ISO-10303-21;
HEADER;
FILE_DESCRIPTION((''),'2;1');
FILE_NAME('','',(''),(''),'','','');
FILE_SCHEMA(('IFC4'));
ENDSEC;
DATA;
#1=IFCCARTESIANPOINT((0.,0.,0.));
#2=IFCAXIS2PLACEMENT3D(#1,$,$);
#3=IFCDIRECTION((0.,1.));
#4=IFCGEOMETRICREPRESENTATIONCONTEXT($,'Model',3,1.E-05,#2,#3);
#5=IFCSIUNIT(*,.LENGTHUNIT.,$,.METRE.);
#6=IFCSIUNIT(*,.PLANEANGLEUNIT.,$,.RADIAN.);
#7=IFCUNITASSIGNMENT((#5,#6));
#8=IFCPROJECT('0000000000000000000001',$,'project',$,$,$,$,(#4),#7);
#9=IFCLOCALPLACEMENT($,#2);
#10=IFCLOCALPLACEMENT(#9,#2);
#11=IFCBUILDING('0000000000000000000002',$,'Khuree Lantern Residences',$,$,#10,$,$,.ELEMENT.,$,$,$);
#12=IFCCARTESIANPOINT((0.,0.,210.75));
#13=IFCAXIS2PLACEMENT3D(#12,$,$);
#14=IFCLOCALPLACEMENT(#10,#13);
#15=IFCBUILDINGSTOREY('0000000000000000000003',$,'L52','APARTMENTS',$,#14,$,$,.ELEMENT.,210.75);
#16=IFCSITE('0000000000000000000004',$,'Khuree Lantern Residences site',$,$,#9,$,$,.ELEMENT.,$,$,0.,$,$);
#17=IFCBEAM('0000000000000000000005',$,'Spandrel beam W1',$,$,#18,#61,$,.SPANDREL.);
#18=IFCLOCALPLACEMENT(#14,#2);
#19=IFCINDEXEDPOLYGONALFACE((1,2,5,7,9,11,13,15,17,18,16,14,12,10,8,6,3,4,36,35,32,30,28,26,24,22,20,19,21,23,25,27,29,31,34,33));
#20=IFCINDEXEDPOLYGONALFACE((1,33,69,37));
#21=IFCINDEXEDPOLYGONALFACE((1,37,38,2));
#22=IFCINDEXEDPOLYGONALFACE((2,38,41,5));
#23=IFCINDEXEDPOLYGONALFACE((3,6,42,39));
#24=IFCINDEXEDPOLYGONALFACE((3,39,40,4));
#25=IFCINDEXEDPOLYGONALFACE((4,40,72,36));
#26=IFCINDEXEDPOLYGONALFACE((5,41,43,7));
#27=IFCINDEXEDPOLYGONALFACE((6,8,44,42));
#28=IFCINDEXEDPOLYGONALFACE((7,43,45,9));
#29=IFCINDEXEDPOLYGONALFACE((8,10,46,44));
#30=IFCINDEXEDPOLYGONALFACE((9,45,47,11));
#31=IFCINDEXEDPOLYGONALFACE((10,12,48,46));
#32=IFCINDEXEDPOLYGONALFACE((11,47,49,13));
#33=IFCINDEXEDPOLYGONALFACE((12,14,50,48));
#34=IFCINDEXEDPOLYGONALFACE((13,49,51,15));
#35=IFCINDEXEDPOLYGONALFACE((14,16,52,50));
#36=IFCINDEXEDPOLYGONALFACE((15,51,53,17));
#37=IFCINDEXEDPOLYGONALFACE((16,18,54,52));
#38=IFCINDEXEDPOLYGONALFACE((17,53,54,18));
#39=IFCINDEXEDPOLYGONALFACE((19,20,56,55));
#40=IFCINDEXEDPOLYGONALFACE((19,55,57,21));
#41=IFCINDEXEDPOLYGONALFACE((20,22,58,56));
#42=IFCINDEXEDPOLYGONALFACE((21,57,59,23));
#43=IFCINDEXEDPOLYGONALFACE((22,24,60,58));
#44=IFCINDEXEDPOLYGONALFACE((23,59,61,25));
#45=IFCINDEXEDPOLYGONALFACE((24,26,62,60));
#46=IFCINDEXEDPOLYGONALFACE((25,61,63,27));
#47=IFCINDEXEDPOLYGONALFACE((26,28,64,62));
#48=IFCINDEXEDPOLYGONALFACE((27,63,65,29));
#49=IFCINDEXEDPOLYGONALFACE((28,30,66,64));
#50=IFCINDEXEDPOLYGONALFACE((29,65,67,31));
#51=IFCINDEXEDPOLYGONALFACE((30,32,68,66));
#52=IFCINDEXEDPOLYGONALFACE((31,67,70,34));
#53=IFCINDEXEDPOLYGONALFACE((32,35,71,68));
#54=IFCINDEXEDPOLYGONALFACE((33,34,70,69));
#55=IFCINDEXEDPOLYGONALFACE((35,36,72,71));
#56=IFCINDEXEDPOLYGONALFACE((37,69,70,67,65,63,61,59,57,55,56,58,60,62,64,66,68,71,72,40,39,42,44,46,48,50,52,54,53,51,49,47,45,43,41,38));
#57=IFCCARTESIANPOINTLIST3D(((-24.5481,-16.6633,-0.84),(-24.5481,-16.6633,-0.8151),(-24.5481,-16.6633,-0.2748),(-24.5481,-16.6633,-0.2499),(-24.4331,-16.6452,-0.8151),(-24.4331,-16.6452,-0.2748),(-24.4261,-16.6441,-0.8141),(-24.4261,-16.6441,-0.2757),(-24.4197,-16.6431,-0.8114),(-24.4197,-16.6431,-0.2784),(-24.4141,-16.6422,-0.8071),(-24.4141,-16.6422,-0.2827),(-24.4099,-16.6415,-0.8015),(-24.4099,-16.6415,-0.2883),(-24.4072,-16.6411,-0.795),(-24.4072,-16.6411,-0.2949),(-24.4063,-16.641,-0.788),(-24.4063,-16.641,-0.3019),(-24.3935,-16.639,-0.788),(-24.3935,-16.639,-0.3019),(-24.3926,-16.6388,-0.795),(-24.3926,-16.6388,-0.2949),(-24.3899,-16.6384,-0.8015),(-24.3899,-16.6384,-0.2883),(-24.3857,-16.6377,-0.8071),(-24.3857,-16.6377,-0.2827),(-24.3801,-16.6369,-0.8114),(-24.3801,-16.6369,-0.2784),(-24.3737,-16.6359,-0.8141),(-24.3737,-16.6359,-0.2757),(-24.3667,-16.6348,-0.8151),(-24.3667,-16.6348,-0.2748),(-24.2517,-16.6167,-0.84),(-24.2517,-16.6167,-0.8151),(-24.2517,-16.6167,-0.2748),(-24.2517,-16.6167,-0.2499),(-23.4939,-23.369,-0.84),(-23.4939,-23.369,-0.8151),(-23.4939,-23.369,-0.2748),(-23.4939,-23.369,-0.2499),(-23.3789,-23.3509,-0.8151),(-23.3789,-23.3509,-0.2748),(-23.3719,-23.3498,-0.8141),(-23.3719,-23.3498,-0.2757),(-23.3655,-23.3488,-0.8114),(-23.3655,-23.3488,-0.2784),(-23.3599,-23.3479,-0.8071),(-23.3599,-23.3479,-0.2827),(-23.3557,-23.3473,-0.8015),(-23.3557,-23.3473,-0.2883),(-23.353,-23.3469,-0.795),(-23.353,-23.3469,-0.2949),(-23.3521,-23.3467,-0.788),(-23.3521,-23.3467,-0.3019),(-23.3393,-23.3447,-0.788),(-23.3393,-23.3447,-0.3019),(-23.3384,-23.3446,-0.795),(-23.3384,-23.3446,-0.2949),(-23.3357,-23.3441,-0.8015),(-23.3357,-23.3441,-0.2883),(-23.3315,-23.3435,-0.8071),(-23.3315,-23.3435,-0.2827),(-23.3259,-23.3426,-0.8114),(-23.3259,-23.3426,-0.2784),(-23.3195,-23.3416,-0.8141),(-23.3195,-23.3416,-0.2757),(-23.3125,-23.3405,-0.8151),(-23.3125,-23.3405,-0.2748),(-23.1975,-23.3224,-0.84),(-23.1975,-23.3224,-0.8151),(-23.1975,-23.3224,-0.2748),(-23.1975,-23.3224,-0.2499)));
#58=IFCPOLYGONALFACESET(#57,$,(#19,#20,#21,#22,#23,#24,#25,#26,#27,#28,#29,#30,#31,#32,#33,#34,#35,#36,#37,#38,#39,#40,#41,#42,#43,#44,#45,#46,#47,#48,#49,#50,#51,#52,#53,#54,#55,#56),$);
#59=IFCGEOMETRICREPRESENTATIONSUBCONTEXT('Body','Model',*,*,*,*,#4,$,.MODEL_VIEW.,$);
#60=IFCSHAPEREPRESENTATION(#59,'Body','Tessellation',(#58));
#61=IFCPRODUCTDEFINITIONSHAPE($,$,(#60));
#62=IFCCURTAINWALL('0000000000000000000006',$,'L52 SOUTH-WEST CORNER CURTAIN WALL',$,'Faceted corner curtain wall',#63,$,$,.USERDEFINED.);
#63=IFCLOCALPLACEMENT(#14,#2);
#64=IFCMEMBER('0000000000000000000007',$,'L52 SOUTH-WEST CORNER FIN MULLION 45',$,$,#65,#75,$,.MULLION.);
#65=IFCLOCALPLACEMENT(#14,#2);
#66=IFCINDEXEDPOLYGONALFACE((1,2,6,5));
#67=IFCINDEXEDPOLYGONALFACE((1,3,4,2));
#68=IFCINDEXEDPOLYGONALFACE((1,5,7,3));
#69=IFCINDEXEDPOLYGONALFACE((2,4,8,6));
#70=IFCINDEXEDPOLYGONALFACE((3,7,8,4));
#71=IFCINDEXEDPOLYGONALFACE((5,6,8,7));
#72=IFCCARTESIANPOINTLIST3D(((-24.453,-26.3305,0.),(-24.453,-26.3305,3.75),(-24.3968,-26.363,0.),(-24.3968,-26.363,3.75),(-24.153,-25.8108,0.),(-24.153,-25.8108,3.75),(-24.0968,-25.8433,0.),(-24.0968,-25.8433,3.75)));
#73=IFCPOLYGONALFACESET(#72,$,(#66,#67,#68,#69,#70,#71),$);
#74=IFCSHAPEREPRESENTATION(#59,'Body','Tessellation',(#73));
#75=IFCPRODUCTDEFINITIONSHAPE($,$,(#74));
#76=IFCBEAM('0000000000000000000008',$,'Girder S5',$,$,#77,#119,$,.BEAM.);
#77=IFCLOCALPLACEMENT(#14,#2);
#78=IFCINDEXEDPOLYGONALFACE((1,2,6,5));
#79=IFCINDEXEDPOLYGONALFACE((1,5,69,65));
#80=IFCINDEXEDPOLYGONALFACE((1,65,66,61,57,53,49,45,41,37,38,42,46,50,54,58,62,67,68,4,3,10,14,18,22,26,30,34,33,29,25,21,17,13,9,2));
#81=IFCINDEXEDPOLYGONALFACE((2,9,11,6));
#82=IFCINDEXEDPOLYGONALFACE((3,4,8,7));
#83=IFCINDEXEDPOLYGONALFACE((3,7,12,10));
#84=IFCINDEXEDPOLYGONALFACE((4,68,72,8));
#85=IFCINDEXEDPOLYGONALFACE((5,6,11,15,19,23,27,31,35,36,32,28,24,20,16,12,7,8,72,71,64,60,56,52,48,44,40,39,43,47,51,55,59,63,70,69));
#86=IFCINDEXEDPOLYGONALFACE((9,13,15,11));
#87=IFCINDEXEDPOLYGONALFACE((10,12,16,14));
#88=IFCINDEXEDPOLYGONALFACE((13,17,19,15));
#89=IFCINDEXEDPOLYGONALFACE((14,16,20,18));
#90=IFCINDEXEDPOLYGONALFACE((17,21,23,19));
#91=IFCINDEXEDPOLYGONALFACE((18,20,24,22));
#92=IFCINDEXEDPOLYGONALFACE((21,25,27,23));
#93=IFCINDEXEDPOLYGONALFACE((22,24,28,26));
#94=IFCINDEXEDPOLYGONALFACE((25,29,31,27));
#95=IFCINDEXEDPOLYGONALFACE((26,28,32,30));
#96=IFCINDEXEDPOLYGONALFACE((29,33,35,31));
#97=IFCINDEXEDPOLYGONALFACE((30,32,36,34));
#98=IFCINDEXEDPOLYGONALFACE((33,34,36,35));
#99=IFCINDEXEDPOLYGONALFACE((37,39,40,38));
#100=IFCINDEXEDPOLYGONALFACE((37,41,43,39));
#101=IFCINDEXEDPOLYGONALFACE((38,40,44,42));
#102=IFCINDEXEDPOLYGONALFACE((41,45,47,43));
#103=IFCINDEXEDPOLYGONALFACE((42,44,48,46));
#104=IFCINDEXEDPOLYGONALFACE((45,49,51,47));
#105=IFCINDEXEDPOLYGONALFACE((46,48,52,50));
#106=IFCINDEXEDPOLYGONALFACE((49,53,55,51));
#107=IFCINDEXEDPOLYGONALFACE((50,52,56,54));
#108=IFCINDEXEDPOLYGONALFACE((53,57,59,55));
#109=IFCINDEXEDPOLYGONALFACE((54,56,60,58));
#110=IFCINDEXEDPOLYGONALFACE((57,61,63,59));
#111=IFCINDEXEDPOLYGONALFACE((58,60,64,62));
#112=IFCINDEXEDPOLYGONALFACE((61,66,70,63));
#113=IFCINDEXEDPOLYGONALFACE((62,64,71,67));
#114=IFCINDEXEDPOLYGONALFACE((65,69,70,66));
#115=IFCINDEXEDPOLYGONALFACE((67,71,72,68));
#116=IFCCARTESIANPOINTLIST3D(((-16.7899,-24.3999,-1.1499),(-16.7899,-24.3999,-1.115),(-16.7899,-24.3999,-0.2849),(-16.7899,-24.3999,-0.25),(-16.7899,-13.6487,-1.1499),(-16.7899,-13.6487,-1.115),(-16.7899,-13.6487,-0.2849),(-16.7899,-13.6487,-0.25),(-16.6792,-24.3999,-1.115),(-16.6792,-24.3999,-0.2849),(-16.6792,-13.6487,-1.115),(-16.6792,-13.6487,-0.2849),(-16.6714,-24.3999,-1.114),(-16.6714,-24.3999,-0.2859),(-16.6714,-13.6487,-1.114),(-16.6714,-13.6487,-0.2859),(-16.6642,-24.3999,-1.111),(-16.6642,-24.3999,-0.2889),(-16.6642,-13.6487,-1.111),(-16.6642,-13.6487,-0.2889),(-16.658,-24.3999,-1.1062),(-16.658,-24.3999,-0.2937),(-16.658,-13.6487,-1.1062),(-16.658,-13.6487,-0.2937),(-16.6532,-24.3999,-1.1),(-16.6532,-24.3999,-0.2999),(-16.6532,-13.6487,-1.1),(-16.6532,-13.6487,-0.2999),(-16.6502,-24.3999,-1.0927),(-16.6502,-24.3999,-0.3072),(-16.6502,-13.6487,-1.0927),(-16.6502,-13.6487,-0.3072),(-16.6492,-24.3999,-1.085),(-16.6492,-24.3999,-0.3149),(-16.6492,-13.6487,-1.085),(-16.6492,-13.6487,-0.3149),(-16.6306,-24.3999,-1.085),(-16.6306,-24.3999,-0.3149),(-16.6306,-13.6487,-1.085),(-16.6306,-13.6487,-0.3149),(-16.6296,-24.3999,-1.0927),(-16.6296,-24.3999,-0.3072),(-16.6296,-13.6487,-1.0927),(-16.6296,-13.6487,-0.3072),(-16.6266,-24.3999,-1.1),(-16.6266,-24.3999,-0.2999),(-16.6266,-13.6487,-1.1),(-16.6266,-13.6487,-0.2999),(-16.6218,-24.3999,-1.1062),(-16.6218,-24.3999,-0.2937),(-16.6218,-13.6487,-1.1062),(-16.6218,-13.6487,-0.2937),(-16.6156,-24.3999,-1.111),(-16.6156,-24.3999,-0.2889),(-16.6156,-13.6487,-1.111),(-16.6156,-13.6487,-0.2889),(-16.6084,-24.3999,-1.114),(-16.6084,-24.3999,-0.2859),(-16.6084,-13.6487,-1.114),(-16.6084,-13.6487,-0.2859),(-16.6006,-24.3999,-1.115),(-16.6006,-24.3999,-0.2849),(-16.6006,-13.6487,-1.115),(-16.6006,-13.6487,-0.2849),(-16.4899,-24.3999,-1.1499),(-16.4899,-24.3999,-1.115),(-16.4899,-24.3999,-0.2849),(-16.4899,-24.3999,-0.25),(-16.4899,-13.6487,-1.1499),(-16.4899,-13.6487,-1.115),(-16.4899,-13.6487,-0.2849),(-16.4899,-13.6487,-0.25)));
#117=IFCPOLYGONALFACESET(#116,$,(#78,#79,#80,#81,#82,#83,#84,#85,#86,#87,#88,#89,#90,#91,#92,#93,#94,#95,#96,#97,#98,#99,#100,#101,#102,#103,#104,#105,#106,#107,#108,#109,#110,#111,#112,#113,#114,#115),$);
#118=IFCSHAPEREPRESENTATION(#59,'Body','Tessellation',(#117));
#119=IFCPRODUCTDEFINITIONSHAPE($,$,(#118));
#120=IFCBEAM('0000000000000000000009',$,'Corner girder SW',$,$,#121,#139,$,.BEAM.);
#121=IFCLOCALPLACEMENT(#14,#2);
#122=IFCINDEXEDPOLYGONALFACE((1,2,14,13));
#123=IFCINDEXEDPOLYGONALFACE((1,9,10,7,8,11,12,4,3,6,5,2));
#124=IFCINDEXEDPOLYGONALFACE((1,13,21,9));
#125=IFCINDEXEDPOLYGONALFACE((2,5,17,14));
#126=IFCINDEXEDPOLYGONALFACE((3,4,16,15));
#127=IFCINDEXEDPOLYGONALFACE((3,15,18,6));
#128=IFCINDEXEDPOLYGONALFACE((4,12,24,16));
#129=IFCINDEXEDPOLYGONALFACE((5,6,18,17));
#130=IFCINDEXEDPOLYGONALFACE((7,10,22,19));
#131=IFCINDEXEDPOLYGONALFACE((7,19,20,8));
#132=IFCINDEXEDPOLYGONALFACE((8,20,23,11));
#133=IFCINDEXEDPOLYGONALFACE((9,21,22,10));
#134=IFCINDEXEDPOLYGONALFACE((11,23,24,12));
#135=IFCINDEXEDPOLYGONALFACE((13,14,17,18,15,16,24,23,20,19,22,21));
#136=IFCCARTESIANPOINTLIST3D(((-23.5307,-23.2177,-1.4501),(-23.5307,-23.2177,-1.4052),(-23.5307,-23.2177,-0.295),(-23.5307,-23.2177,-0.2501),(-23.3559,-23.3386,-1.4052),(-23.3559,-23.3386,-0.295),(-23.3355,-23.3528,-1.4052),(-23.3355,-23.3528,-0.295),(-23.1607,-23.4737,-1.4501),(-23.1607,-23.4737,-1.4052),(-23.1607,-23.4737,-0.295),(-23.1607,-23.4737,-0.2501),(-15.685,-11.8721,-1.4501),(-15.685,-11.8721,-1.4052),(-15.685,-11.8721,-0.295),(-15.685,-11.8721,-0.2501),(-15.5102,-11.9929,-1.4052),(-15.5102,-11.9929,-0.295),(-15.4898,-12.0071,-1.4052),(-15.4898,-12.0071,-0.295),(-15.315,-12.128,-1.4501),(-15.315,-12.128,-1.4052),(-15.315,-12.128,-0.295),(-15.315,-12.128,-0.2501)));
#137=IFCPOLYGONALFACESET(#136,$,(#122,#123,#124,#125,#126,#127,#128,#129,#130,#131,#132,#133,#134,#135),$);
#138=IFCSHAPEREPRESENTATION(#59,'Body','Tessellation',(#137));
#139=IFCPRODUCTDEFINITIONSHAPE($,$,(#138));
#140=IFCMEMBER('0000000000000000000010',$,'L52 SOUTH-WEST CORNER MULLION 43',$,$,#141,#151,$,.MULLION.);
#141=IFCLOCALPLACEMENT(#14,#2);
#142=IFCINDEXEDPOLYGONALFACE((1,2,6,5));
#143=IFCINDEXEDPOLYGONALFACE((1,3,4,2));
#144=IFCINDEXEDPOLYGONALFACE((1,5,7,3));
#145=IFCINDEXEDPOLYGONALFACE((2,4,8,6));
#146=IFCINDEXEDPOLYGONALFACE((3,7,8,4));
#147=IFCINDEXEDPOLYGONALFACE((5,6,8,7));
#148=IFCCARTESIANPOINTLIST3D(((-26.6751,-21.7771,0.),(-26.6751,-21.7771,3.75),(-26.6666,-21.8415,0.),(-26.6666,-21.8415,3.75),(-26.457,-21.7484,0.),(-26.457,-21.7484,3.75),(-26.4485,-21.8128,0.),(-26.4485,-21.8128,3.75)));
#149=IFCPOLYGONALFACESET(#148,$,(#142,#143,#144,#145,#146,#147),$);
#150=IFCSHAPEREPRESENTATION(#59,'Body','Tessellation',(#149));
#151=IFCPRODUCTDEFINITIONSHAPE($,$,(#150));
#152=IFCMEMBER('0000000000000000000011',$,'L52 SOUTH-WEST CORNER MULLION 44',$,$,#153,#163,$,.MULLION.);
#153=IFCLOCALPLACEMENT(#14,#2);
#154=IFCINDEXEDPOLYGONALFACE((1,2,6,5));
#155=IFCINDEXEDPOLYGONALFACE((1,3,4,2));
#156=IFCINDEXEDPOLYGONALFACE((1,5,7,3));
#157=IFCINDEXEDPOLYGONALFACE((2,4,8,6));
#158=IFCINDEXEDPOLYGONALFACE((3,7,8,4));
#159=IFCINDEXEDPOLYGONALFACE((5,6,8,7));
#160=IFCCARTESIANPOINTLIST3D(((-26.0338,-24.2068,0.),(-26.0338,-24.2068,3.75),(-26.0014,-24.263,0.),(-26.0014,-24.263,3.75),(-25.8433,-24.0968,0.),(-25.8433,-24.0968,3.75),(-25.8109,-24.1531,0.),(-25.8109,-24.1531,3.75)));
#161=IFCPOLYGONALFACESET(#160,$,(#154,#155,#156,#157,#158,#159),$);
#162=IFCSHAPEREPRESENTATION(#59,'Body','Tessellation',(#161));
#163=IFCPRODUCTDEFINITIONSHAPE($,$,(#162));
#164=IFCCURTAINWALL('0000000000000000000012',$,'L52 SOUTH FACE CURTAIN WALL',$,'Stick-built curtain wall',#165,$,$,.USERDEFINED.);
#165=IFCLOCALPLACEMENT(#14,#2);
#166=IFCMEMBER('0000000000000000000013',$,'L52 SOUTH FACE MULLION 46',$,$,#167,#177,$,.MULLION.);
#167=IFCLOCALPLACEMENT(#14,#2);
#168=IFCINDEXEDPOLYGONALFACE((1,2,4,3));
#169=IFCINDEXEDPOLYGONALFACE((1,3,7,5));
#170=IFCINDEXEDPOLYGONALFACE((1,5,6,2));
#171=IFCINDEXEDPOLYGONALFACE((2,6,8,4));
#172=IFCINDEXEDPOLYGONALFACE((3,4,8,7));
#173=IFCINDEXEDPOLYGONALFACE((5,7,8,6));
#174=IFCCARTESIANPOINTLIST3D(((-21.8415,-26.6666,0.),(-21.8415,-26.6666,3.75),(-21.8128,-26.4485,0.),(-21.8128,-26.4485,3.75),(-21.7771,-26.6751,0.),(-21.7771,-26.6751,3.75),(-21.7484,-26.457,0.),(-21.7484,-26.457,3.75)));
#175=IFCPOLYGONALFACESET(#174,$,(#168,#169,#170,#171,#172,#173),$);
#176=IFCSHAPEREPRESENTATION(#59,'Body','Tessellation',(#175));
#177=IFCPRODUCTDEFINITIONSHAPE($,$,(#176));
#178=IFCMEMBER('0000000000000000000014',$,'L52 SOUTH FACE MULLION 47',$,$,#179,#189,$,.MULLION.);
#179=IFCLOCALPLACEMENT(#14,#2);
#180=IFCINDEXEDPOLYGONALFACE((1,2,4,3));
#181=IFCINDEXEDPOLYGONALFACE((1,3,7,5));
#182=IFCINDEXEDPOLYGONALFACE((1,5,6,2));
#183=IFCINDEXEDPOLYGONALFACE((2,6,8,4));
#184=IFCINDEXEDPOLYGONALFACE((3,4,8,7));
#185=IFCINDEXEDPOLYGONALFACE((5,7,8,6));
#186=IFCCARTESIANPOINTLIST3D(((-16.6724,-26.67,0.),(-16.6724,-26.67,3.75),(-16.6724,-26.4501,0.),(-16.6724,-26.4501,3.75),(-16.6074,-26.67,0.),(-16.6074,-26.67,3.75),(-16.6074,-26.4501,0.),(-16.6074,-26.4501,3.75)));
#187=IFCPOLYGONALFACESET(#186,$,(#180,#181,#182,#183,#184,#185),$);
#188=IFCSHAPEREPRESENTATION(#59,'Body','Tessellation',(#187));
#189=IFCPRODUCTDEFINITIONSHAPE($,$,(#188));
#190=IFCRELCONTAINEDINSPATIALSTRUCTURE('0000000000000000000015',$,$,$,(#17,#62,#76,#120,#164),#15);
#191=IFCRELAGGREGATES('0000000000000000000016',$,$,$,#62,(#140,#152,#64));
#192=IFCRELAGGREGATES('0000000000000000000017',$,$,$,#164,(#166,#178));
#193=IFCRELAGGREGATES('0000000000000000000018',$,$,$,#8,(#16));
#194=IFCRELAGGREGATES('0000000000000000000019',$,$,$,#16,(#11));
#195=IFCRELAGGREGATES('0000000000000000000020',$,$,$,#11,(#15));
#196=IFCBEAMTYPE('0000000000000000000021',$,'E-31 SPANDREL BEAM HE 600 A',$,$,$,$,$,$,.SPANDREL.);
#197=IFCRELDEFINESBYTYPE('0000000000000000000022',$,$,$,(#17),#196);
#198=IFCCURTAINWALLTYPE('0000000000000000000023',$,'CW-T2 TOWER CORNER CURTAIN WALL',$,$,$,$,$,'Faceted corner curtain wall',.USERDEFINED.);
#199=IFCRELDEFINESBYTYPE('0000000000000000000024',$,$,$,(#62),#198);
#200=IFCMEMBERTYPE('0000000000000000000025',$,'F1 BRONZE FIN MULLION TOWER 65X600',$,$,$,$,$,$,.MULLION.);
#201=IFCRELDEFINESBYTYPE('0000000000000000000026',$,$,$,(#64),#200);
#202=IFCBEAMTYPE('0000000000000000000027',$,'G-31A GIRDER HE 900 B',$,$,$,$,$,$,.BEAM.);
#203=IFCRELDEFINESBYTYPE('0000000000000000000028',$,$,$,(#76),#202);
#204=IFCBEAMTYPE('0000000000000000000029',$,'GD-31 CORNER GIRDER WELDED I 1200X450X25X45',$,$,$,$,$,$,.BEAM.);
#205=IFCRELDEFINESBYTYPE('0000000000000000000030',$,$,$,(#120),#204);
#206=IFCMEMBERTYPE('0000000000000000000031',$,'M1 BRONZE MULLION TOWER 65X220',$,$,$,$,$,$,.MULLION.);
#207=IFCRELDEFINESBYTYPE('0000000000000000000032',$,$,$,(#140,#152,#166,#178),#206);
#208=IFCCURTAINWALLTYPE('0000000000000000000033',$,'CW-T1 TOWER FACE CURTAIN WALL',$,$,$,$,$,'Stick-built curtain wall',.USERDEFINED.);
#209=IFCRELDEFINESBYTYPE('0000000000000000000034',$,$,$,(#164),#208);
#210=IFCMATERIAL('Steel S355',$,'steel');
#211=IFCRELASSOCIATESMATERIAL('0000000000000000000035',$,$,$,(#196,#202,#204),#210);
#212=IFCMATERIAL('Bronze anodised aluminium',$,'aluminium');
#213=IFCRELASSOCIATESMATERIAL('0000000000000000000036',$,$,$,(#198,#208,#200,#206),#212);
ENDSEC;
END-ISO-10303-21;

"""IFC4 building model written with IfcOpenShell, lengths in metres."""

from ifc_helpers import new_model, si_unit, direction, frame, origin, origin_2d, place, context, subcontext, project, spatial, rectangle, i_section, extrude, material, material_profile, profile_set, type_object, element, aggregate, save


model = new_model("IFC4")

# Units and contexts
model_context = context("Model", 3, precision=1e-05, world=origin(), true_north=direction((0.0, 1.0)))
body_context = subcontext(model_context, "Body", "Model", "MODEL_VIEW")
ifc_project = project(units=[si_unit("LENGTHUNIT", "METRE"), si_unit("PLANEANGLEUNIT", "RADIAN")], contexts=[model_context])

# Site, building, storey
site_placement = place(None, origin())
site = spatial("IfcSite", under=ifc_project, at=site_placement, Name="Khuree Lantern Residences site", CompositionType="ELEMENT", RefElevation=0.0)
building_placement = place(site_placement, origin())
building = spatial("IfcBuilding", under=site, at=building_placement, Name="Khuree Lantern Residences", CompositionType="ELEMENT")
storey_placement = place(building_placement, frame((0.0, 0.0, 210.75)))
storey = spatial("IfcBuildingStorey", under=building, at=storey_placement, Name="L52", Description="APARTMENTS", CompositionType="ELEMENT", Elevation=210.75)

# Beam
ifc_material_1 = material(Name="Steel S355", Category="steel")
ifc_material_profile_1 = material_profile(ifc_material_1, i_section(OverallWidth=0.3, OverallDepth=0.5901, WebThickness=0.0129, FlangeThickness=0.0249, FilletRadius=0.0271, at=origin_2d()), Name="HE 600 A")
ifc_profile_set_1 = profile_set([ifc_material_profile_1], Name="Steel S355")
beam_type_1 = type_object("IfcBeamType", Name="E-31 SPANDREL BEAM HE 600 A", PredefinedType="SPANDREL", material=ifc_profile_set_1)
for number, where, z_axis, x_axis, name in (
    (1, (-23.3457, -23.3457, -0.5449), (-0.1553, 0.987867, 0.0), (-0.987867, -0.1553, 0.0), "Spandrel beam W1"),
):
    element("IfcBeam", number, at=place(storey_placement, frame(where, z_axis=z_axis, x_axis=x_axis)), inside=storey, type_object=beam_type_1, Name=name, PredefinedType="SPANDREL", context=body_context, shape_type="SweptSolid", body=[
        extrude(i_section(OverallWidth=0.3, OverallDepth=0.5901, WebThickness=0.0129, FlangeThickness=0.0249, FilletRadius=0.0271, at=origin_2d()), origin(), (0.0, 0.0, 1.0), 6.7881),
    ])

# Curtain wall, member
ifc_material_2 = material(Name="Bronze anodised aluminium", Category="aluminium")
curtain_wall_type_1 = type_object("IfcCurtainWallType", Name="CW-T2 TOWER CORNER CURTAIN WALL", ElementType="Faceted corner curtain wall", PredefinedType="USERDEFINED", material=ifc_material_2)
curtain_wall_1_placement = place(storey_placement, origin())
curtain_wall_1 = element("IfcCurtainWall", 2, at=curtain_wall_1_placement, inside=storey, type_object=curtain_wall_type_1, Name="L52 SOUTH-WEST CORNER CURTAIN WALL", ObjectType="Faceted corner curtain wall", PredefinedType="USERDEFINED")
ifc_material_profile_2 = material_profile(ifc_material_2, rectangle(XDim=0.0649, YDim=0.6001, at=origin_2d()), Name="F1 65X600")
ifc_profile_set_2 = profile_set([ifc_material_profile_2], Name="Bronze anodised aluminium")
member_type_1 = type_object("IfcMemberType", Name="F1 BRONZE FIN MULLION TOWER 65X600", PredefinedType="MULLION", material=ifc_profile_set_2)
member_1_placement = place(storey_placement, frame((-24.2749, -26.0869, 0.0), z_axis=(0.0, 0.0, 1.0), x_axis=(0.866025, -0.5, 0.0)))
member_1 = element("IfcMember", 3, at=member_1_placement, type_object=member_type_1, Name="L52 SOUTH-WEST CORNER FIN MULLION 45", PredefinedType="MULLION", context=body_context, shape_type="SweptSolid", body=[
    extrude(rectangle(XDim=0.0649, YDim=0.6001, at=origin_2d()), origin(), (0.0, 0.0, 1.0), 3.75),
])

# Beams
ifc_material_profile_3 = material_profile(ifc_material_1, i_section(OverallWidth=0.3, OverallDepth=0.8999, WebThickness=0.0186, FlangeThickness=0.0349, FilletRadius=0.03, at=origin_2d()), Name="HE 900 B")
ifc_profile_set_3 = profile_set([ifc_material_profile_3], Name="Steel S355")
beam_type_2 = type_object("IfcBeamType", Name="G-31A GIRDER HE 900 B", PredefinedType="BEAM", material=ifc_profile_set_3)
beam_1_placement = place(storey_placement, frame((-16.6399, -24.3999, -0.7), z_axis=(0.0, 1.0, 0.0), x_axis=(-1.0, 0.0, 0.0)))
element("IfcBeam", 4, at=beam_1_placement, inside=storey, type_object=beam_type_2, Name="Girder S5", PredefinedType="BEAM", context=body_context, shape_type="SweptSolid", body=[
    extrude(i_section(OverallWidth=0.3, OverallDepth=0.8999, WebThickness=0.0186, FlangeThickness=0.0349, FilletRadius=0.03, at=origin_2d()), origin(), (0.0, 0.0, 1.0), 10.7512),
])
ifc_material_profile_4 = material_profile(ifc_material_1, i_section(OverallWidth=0.45, OverallDepth=1.2, WebThickness=0.0249, FlangeThickness=0.0449, at=origin_2d()), Name="WELDED I 1200X450X25X45")
ifc_profile_set_4 = profile_set([ifc_material_profile_4], Name="Steel S355")
beam_type_3 = type_object("IfcBeamType", Name="GD-31 CORNER GIRDER WELDED I 1200X450X25X45", PredefinedType="BEAM", material=ifc_profile_set_4)
beam_2_placement = place(storey_placement, frame((-23.3457, -23.3457, -0.8501), z_axis=(0.568768, 0.822498, 0.0), x_axis=(-0.822498, 0.568768, 0.0)))
element("IfcBeam", 5, at=beam_2_placement, inside=storey, type_object=beam_type_3, Name="Corner girder SW", PredefinedType="BEAM", context=body_context, shape_type="SweptSolid", body=[
    extrude(i_section(OverallWidth=0.45, OverallDepth=1.2, WebThickness=0.0249, FlangeThickness=0.0449, at=origin_2d()), origin(), (0.0, 0.0, 1.0), 13.7942),
])

# Members
ifc_material_profile_5 = material_profile(ifc_material_2, rectangle(XDim=0.0649, YDim=0.22, at=origin_2d()), Name="M1 65X220")
ifc_profile_set_5 = profile_set([ifc_material_profile_5], Name="Bronze anodised aluminium")
member_type_2 = type_object("IfcMemberType", Name="M1 BRONZE MULLION TOWER 65X220", PredefinedType="MULLION", material=ifc_profile_set_5)
member_2_placement = place(storey_placement, frame((-26.5618, -21.7949, 0.0), z_axis=(0.0, 0.0, 1.0), x_axis=(0.130526, -0.991445, 0.0)))
member_2 = element("IfcMember", 6, at=member_2_placement, type_object=member_type_2, Name="L52 SOUTH-WEST CORNER MULLION 43", PredefinedType="MULLION", context=body_context, shape_type="SweptSolid", body=[
    extrude(rectangle(XDim=0.0649, YDim=0.22, at=origin_2d()), origin(), (0.0, 0.0, 1.0), 3.75),
])
member_3_placement = place(storey_placement, frame((-25.9224, -24.1799, 0.0), z_axis=(0.0, 0.0, 1.0), x_axis=(0.5, -0.866025, 0.0)))
member_3 = element("IfcMember", 7, at=member_3_placement, type_object=member_type_2, Name="L52 SOUTH-WEST CORNER MULLION 44", PredefinedType="MULLION", context=body_context, shape_type="SweptSolid", body=[
    extrude(rectangle(XDim=0.0649, YDim=0.22, at=origin_2d()), origin(), (0.0, 0.0, 1.0), 3.75),
])

# Curtain wall, members
curtain_wall_type_2 = type_object("IfcCurtainWallType", Name="CW-T1 TOWER FACE CURTAIN WALL", ElementType="Stick-built curtain wall", PredefinedType="USERDEFINED", material=ifc_material_2)
curtain_wall_2_placement = place(storey_placement, origin())
curtain_wall_2 = element("IfcCurtainWall", 8, at=curtain_wall_2_placement, inside=storey, type_object=curtain_wall_type_2, Name="L52 SOUTH FACE CURTAIN WALL", ObjectType="Stick-built curtain wall", PredefinedType="USERDEFINED")
member_4_placement = place(storey_placement, frame((-21.7949, -26.5618, 0.0), z_axis=(0.0, 0.0, 1.0), x_axis=(0.991445, -0.130526, 0.0)))
member_4 = element("IfcMember", 9, at=member_4_placement, type_object=member_type_2, Name="L52 SOUTH FACE MULLION 46", PredefinedType="MULLION", context=body_context, shape_type="SweptSolid", body=[
    extrude(rectangle(XDim=0.0649, YDim=0.22, at=origin_2d()), origin(), (0.0, 0.0, 1.0), 3.75),
])
member_5_placement = place(storey_placement, frame((-16.6399, -26.5601, 0.0), z_axis=(0.0, 0.0, 1.0), x_axis=(1.0, 0.0, 0.0)))
member_5 = element("IfcMember", 10, at=member_5_placement, type_object=member_type_2, Name="L52 SOUTH FACE MULLION 47", PredefinedType="MULLION", context=body_context, shape_type="SweptSolid", body=[
    extrude(rectangle(XDim=0.0649, YDim=0.22, at=origin_2d()), origin(), (0.0, 0.0, 1.0), 3.75),
])

aggregate(curtain_wall_1, [member_2, member_3, member_1])
aggregate(curtain_wall_2, [member_4, member_5])

save(model, "model.ifc")
